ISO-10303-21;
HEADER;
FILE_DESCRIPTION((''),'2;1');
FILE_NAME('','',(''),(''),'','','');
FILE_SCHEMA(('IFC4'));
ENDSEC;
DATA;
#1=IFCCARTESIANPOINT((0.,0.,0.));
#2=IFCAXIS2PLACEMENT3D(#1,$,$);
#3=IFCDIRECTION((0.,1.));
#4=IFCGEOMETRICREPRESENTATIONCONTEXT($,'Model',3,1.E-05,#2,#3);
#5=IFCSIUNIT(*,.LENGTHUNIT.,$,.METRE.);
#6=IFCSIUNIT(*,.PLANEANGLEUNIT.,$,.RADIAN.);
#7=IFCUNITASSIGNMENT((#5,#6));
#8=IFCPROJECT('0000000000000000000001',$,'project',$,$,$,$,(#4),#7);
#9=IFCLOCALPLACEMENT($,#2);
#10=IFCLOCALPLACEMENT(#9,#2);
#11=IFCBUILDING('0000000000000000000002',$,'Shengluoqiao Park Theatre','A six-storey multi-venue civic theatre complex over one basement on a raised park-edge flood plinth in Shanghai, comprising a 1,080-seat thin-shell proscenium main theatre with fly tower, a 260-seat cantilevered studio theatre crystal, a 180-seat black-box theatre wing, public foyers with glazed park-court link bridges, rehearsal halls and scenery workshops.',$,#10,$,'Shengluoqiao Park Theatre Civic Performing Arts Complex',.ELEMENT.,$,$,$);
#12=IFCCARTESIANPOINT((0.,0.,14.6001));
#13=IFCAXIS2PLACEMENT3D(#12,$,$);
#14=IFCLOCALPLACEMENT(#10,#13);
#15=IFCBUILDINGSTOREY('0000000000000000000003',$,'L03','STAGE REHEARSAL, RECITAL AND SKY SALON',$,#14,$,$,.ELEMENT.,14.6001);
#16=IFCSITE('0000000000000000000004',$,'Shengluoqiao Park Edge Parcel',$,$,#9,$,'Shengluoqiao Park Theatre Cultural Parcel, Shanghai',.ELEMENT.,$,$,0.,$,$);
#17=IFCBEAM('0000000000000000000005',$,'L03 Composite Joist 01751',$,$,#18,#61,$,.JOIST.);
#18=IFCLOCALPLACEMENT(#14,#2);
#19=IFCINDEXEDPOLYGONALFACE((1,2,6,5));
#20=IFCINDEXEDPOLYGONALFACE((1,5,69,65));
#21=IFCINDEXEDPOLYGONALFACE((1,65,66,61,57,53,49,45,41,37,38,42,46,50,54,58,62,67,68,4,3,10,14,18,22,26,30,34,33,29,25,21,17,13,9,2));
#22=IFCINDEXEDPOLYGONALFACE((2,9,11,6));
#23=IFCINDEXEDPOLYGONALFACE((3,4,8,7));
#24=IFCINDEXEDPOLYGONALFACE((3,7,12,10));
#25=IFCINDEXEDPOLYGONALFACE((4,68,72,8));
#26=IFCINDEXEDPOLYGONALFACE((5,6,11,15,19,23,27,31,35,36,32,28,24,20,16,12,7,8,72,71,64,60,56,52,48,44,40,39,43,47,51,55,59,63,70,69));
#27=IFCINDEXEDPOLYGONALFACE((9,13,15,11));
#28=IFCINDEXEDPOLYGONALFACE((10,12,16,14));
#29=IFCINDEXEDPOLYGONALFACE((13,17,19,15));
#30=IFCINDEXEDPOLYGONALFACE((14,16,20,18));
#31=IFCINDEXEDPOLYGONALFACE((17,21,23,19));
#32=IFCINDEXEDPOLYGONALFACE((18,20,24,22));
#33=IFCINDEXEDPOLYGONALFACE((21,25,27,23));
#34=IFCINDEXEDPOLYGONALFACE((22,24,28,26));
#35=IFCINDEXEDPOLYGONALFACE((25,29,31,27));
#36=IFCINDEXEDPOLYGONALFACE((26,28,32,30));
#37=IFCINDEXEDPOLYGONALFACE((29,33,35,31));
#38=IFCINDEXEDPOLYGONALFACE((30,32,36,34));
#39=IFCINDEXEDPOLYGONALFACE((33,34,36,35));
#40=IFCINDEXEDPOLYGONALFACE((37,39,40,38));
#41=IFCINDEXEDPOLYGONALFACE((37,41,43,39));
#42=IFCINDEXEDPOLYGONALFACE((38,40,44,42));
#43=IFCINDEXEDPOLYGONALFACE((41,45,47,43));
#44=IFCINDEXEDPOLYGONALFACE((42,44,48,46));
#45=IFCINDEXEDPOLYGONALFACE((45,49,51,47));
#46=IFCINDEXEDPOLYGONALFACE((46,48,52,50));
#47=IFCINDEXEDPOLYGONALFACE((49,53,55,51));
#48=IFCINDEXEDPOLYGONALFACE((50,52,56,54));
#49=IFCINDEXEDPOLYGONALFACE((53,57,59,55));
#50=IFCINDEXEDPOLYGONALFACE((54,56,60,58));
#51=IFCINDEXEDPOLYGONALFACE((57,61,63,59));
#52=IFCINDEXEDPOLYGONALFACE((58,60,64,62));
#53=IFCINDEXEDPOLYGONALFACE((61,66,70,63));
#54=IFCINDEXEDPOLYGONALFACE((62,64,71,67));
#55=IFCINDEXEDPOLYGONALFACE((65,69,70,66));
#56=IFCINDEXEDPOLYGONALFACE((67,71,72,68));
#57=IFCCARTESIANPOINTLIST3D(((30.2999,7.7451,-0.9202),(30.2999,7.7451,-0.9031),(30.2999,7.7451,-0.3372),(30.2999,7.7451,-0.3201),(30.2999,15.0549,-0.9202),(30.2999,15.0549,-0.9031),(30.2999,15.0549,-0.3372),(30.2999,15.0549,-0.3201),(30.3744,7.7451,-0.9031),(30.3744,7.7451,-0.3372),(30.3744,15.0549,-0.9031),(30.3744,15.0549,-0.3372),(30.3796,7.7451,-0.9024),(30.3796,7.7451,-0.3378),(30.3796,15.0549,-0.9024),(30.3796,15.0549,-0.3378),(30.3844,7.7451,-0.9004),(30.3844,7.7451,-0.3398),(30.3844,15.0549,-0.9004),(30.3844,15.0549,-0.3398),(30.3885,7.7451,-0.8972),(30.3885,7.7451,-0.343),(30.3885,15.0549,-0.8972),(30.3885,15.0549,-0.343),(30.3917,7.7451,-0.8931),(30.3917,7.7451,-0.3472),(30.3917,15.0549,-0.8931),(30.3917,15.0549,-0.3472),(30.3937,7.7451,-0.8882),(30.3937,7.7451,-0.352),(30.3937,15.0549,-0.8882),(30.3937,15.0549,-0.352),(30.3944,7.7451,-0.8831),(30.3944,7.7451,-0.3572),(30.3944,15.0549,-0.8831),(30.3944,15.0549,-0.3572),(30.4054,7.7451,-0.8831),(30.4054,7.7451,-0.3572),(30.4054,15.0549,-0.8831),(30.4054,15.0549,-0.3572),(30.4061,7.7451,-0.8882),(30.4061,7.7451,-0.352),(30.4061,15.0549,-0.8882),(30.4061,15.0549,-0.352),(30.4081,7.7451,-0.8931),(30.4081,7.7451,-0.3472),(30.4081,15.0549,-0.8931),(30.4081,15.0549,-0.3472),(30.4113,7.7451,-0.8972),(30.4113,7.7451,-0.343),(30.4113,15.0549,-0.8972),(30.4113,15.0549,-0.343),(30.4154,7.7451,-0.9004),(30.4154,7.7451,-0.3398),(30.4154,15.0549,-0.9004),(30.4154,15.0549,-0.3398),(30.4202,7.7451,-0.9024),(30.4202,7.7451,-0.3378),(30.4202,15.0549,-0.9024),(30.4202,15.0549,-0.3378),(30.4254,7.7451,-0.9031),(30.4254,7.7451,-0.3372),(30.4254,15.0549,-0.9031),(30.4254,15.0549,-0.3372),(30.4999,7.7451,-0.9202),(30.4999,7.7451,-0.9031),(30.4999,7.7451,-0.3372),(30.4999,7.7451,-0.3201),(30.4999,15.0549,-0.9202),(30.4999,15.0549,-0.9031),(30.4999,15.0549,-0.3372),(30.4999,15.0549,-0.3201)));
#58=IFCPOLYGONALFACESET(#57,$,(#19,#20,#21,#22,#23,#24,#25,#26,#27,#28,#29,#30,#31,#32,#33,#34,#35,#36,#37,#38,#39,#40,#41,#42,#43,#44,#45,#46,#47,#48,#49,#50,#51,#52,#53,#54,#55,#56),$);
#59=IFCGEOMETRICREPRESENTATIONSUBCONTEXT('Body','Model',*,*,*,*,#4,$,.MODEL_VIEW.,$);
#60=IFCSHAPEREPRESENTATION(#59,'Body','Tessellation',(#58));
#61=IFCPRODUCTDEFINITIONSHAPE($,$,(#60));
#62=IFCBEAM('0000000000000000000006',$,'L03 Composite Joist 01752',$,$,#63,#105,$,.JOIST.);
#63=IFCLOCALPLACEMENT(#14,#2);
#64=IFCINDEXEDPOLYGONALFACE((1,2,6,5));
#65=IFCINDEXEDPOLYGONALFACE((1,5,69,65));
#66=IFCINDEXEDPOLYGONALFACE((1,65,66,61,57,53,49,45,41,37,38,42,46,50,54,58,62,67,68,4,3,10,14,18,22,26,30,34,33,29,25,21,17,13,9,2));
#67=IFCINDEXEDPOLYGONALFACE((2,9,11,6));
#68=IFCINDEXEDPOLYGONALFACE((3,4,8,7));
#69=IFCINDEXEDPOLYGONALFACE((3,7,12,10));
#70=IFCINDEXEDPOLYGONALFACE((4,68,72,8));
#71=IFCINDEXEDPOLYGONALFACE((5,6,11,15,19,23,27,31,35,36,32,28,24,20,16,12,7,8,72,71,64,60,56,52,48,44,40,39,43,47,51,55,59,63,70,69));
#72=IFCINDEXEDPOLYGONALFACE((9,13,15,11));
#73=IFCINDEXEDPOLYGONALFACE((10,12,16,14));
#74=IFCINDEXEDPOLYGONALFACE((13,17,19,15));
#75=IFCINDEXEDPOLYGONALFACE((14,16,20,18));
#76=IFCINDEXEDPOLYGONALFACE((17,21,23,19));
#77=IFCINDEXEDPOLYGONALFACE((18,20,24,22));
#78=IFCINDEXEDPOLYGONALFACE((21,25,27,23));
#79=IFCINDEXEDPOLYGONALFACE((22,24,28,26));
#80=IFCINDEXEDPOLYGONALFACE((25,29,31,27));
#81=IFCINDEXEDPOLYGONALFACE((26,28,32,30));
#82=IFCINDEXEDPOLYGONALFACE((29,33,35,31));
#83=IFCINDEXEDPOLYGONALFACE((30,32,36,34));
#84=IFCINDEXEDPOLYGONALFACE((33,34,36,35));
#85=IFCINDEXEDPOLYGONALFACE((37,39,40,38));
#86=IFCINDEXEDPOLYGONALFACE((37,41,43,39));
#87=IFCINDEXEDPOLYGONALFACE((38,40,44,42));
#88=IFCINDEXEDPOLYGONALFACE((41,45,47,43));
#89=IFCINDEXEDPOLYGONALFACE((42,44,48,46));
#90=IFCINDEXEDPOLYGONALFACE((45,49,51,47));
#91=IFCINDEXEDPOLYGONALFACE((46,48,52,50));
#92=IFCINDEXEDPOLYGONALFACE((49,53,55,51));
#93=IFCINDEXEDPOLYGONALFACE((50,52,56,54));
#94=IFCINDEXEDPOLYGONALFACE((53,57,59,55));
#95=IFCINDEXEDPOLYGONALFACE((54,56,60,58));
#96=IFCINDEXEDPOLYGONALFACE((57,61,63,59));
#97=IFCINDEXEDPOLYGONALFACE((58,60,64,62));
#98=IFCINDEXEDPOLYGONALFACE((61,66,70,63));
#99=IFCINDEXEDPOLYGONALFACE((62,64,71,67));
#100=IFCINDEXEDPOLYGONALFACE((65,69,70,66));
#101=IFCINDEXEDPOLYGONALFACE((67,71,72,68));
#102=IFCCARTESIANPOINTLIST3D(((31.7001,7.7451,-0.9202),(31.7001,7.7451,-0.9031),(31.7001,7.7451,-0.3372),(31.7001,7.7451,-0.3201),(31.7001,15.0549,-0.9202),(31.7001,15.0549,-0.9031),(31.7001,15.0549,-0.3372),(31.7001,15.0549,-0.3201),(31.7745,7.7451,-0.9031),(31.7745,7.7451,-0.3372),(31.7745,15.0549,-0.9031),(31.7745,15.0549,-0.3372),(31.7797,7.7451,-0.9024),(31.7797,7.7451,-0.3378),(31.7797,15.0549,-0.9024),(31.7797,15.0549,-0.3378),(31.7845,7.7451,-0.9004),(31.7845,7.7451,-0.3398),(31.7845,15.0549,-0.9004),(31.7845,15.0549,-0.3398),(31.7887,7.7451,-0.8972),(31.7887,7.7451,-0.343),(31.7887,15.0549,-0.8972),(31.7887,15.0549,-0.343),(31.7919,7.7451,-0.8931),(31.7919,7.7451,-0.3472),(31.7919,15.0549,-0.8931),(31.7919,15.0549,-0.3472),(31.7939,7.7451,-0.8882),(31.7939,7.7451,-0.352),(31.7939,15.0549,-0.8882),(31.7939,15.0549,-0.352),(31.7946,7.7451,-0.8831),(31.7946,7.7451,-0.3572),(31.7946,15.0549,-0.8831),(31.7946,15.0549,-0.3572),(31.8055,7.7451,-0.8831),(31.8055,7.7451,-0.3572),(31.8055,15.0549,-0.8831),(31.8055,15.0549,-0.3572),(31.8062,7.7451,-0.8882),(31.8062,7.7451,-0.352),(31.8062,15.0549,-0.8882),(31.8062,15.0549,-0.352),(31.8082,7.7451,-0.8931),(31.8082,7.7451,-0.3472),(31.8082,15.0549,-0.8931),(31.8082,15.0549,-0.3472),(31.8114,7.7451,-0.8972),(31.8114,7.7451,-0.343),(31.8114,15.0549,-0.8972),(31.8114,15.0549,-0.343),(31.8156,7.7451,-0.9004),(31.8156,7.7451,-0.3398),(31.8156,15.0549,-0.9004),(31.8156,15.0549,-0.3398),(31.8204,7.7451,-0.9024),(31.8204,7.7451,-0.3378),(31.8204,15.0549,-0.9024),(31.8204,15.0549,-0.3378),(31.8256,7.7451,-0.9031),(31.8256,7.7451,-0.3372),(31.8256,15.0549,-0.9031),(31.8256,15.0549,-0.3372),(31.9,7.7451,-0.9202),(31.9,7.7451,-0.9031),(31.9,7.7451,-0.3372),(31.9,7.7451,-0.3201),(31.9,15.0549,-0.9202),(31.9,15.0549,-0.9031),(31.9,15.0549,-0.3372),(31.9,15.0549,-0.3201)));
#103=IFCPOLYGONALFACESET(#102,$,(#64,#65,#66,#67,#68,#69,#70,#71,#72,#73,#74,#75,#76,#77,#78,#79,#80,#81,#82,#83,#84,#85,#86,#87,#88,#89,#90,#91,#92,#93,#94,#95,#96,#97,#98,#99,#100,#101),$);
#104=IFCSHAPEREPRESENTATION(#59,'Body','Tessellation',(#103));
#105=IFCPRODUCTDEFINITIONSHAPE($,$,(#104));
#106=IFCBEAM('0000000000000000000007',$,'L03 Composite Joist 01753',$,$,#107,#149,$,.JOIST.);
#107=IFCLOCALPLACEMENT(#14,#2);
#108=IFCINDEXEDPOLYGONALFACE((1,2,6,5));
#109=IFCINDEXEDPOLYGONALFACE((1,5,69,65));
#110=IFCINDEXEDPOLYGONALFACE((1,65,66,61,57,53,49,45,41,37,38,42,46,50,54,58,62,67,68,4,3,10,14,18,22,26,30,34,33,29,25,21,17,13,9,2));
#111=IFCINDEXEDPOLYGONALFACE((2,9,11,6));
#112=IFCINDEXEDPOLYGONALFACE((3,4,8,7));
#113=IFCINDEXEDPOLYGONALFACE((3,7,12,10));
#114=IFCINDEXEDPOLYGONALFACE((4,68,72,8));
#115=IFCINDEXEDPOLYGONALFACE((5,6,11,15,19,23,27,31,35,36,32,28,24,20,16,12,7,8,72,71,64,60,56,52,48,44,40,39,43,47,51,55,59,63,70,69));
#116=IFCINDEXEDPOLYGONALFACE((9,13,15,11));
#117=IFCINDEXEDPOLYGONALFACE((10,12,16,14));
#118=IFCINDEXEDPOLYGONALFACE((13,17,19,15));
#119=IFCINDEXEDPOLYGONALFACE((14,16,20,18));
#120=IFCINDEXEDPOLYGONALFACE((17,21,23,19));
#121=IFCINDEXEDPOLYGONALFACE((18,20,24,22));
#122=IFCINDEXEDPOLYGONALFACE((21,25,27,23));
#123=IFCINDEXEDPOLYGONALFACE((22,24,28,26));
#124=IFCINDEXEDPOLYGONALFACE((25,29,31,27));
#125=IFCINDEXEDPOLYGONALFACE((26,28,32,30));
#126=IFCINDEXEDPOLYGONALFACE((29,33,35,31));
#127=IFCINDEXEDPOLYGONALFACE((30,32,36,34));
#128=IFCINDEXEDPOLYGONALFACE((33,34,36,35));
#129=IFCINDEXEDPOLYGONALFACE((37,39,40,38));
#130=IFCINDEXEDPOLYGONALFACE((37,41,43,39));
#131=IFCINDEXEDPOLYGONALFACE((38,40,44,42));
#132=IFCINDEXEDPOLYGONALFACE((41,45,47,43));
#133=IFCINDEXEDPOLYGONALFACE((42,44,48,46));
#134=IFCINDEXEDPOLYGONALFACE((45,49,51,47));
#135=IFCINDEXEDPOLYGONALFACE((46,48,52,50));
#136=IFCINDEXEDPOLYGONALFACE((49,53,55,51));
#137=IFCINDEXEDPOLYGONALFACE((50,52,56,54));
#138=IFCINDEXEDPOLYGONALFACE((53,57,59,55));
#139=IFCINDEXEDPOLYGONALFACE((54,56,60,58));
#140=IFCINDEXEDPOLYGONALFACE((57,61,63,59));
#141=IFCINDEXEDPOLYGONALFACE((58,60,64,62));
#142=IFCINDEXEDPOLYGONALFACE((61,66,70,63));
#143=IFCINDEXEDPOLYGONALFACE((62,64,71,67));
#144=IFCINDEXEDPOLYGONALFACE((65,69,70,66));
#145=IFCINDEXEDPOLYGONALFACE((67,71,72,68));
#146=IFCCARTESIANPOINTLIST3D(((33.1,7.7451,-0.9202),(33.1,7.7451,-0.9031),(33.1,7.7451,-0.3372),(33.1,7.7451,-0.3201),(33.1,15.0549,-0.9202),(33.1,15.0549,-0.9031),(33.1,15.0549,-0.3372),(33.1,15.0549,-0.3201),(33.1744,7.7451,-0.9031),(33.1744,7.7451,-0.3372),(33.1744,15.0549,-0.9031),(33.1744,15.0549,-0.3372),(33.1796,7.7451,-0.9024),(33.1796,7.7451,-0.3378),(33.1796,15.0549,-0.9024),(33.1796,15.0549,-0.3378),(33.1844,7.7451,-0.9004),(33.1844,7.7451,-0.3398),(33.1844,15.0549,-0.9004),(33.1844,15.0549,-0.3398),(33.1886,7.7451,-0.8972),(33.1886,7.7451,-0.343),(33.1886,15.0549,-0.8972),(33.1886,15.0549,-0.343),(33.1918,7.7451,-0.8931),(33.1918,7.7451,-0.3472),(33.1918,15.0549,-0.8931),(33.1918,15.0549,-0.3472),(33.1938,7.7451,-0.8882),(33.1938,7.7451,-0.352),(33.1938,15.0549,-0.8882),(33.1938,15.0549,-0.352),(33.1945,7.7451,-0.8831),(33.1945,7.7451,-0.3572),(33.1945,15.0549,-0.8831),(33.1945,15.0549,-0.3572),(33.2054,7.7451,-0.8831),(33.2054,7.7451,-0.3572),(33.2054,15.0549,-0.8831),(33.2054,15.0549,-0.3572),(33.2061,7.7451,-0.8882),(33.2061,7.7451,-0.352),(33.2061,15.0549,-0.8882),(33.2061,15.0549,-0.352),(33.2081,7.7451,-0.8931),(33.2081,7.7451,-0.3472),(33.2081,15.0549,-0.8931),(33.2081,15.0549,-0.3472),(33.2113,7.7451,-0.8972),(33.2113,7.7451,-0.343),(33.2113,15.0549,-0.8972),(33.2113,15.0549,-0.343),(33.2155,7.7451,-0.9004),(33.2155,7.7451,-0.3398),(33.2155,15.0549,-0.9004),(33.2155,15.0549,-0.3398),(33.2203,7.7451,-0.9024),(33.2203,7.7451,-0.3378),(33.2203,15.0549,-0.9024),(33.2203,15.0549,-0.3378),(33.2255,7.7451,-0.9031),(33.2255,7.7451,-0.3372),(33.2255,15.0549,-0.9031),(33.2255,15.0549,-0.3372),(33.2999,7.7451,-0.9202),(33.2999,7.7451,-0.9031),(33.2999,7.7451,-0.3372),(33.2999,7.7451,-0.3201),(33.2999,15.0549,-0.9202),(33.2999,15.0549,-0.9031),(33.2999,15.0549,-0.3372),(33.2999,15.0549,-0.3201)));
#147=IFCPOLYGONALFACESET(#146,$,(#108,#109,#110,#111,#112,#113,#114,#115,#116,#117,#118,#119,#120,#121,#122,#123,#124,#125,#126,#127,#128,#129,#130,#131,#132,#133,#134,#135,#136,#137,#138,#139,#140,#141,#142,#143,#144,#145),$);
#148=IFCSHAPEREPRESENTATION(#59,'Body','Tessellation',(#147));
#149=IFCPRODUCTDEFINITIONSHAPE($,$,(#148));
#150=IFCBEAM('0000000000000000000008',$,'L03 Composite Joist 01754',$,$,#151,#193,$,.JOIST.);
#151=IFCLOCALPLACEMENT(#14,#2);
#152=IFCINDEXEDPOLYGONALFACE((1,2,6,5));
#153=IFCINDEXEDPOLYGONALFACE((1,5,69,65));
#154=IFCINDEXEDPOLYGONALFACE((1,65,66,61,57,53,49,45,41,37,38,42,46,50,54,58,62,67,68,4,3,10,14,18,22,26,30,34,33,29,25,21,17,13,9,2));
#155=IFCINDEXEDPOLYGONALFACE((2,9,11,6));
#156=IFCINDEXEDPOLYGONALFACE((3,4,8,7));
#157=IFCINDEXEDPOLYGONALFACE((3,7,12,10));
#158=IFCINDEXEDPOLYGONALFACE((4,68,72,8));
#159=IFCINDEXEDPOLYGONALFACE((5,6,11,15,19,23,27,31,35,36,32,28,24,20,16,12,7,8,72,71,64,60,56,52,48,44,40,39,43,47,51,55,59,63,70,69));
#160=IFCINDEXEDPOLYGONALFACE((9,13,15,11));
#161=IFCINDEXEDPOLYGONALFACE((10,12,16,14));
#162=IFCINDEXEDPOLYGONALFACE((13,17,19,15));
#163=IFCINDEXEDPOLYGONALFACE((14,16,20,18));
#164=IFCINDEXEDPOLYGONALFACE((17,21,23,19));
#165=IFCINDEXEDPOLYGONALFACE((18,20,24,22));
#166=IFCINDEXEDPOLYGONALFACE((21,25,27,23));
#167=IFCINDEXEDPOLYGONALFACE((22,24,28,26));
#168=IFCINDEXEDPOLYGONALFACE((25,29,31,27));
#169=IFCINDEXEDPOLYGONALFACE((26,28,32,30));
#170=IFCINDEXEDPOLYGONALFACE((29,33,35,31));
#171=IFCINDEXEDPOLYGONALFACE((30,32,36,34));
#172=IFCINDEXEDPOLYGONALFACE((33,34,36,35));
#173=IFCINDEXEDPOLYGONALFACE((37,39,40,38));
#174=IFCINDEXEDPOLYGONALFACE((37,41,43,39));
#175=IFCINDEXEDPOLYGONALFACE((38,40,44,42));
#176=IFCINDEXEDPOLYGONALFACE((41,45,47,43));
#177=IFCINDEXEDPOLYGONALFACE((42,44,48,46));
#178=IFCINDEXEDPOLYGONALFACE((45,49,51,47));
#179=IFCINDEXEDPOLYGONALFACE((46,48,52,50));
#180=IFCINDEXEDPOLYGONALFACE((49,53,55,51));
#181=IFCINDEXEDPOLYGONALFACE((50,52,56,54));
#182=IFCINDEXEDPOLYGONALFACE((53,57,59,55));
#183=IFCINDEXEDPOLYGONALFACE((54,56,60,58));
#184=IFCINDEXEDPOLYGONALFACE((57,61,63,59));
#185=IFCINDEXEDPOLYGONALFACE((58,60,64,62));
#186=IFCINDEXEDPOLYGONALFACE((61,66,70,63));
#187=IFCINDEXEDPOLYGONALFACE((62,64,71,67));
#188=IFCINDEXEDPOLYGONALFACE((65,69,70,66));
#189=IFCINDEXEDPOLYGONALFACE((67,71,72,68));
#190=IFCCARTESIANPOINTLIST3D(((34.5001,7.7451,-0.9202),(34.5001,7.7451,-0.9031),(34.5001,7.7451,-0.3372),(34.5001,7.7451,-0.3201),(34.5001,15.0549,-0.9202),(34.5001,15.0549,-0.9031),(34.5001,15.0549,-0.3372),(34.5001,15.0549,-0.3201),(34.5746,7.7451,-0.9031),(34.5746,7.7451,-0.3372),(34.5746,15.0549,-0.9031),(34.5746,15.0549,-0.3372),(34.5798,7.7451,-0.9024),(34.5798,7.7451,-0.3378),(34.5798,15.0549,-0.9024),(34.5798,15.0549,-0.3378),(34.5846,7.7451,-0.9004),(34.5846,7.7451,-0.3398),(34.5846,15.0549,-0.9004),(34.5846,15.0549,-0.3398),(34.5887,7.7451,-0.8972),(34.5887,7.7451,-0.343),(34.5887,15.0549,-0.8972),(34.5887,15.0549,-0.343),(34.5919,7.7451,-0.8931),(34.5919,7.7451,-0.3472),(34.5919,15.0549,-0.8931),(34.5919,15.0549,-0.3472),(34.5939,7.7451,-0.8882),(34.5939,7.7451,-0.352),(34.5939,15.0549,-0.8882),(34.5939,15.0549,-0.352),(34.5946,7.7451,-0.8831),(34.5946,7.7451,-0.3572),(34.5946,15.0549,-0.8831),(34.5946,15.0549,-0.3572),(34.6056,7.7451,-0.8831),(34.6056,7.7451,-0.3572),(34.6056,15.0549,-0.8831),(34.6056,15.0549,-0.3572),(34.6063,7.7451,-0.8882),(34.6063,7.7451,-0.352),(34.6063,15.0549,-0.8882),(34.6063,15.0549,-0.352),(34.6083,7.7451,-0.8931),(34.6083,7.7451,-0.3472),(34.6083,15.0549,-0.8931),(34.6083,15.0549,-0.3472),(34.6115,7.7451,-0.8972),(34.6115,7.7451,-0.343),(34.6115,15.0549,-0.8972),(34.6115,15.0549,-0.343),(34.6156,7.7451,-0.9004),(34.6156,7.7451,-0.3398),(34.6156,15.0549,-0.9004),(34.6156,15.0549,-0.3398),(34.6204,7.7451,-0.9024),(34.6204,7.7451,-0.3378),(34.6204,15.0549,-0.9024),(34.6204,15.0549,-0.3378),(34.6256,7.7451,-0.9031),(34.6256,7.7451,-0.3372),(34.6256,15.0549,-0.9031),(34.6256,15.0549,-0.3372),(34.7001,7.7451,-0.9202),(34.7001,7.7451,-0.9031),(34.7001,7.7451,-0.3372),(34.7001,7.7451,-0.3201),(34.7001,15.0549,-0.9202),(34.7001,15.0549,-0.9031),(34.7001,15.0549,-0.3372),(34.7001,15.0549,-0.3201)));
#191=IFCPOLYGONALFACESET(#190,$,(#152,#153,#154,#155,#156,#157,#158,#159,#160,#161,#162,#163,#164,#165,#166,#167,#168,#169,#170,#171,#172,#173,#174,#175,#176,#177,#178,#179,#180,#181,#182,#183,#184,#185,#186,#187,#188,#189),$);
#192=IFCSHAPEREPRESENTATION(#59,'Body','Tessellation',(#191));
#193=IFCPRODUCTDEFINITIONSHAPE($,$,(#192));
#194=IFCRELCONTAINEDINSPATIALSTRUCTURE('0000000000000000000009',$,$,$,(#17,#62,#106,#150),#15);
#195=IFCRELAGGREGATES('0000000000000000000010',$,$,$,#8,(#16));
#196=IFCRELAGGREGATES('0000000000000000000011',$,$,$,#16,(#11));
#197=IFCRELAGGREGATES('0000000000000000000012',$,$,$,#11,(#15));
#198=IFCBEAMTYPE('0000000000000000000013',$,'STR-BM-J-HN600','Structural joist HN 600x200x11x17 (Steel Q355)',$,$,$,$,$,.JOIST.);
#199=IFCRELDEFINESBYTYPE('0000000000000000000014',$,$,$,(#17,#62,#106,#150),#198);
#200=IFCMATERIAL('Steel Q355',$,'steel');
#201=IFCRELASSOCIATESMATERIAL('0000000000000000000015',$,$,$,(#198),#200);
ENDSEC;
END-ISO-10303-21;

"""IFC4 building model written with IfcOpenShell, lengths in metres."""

from ifc_helpers import new_model, si_unit, direction, frame, origin, origin_2d, place, context, subcontext, project, spatial, i_section, extrude, material, material_profile, profile_set, type_object, element, save


model = new_model("IFC4")

# Units and contexts
model_context = context("Model", 3, precision=1e-05, world=origin(), true_north=direction((0.0, 1.0)))
body_context = subcontext(model_context, "Body", "Model", "MODEL_VIEW")
ifc_project = project(units=[si_unit("LENGTHUNIT", "METRE"), si_unit("PLANEANGLEUNIT", "RADIAN")], contexts=[model_context])

# Site, building, storey
site_placement = place(None, origin())
site = spatial("IfcSite", under=ifc_project, at=site_placement, Name="Shengluoqiao Park Edge Parcel", LongName="Shengluoqiao Park Theatre Cultural Parcel, Shanghai", CompositionType="ELEMENT", RefElevation=0.0)
building_placement = place(site_placement, origin())
building = spatial("IfcBuilding", under=site, at=building_placement, Name="Shengluoqiao Park Theatre", Description="A six-storey multi-venue civic theatre complex over one basement on a raised park-edge flood plinth in Shanghai, comprising a 1,080-seat thin-shell proscenium main theatre with fly tower, a 260-seat cantilevered studio theatre crystal, a 180-seat black-box theatre wing, public foyers with glazed park-court link bridges, rehearsal halls and scenery workshops.", LongName="Shengluoqiao Park Theatre Civic Performing Arts Complex", CompositionType="ELEMENT")
storey_placement = place(building_placement, frame((0.0, 0.0, 14.6001)))
storey = spatial("IfcBuildingStorey", under=building, at=storey_placement, Name="L03", Description="STAGE REHEARSAL, RECITAL AND SKY SALON", CompositionType="ELEMENT", Elevation=14.6001)

# Beams
ifc_material_1 = material(Name="Steel Q355", Category="steel")
ifc_material_profile_1 = material_profile(ifc_material_1, i_section(OverallWidth=0.2, OverallDepth=0.6001, WebThickness=0.011, FlangeThickness=0.0171, FilletRadius=0.02, at=origin_2d()), Name="HN 600x200x11x17")
ifc_profile_set_1 = profile_set([ifc_material_profile_1], Name="Steel Q355")
beam_type_1 = type_object("IfcBeamType", Name="STR-BM-J-HN600", Description="Structural joist HN 600x200x11x17 (Steel Q355)", PredefinedType="JOIST", material=ifc_profile_set_1)
for number, where, z_axis, x_axis, name in (
    (1, (30.3999, 7.7451, -0.6201), (0.0, 1.0, 0.0), (-1.0, 0.0, 0.0), "L03 Composite Joist 01751"),
    (2, (31.8, 7.7451, -0.6201), (0.0, 1.0, 0.0), (-1.0, 0.0, 0.0), "L03 Composite Joist 01752"),
    (3, (33.2, 7.7451, -0.6201), (0.0, 1.0, 0.0), (-1.0, 0.0, 0.0), "L03 Composite Joist 01753"),
    (4, (34.6001, 7.7451, -0.6201), (0.0, 1.0, 0.0), (-1.0, 0.0, 0.0), "L03 Composite Joist 01754"),
):
    element("IfcBeam", number, at=place(storey_placement, frame(where, z_axis=z_axis, x_axis=x_axis)), inside=storey, type_object=beam_type_1, Name=name, PredefinedType="JOIST", context=body_context, shape_type="SweptSolid", body=[
        extrude(i_section(OverallWidth=0.2, OverallDepth=0.6001, WebThickness=0.011, FlangeThickness=0.0171, FilletRadius=0.02, at=origin_2d()), origin(), (0.0, 0.0, 1.0), 7.3098),
    ])

save(model, "model.ifc")
